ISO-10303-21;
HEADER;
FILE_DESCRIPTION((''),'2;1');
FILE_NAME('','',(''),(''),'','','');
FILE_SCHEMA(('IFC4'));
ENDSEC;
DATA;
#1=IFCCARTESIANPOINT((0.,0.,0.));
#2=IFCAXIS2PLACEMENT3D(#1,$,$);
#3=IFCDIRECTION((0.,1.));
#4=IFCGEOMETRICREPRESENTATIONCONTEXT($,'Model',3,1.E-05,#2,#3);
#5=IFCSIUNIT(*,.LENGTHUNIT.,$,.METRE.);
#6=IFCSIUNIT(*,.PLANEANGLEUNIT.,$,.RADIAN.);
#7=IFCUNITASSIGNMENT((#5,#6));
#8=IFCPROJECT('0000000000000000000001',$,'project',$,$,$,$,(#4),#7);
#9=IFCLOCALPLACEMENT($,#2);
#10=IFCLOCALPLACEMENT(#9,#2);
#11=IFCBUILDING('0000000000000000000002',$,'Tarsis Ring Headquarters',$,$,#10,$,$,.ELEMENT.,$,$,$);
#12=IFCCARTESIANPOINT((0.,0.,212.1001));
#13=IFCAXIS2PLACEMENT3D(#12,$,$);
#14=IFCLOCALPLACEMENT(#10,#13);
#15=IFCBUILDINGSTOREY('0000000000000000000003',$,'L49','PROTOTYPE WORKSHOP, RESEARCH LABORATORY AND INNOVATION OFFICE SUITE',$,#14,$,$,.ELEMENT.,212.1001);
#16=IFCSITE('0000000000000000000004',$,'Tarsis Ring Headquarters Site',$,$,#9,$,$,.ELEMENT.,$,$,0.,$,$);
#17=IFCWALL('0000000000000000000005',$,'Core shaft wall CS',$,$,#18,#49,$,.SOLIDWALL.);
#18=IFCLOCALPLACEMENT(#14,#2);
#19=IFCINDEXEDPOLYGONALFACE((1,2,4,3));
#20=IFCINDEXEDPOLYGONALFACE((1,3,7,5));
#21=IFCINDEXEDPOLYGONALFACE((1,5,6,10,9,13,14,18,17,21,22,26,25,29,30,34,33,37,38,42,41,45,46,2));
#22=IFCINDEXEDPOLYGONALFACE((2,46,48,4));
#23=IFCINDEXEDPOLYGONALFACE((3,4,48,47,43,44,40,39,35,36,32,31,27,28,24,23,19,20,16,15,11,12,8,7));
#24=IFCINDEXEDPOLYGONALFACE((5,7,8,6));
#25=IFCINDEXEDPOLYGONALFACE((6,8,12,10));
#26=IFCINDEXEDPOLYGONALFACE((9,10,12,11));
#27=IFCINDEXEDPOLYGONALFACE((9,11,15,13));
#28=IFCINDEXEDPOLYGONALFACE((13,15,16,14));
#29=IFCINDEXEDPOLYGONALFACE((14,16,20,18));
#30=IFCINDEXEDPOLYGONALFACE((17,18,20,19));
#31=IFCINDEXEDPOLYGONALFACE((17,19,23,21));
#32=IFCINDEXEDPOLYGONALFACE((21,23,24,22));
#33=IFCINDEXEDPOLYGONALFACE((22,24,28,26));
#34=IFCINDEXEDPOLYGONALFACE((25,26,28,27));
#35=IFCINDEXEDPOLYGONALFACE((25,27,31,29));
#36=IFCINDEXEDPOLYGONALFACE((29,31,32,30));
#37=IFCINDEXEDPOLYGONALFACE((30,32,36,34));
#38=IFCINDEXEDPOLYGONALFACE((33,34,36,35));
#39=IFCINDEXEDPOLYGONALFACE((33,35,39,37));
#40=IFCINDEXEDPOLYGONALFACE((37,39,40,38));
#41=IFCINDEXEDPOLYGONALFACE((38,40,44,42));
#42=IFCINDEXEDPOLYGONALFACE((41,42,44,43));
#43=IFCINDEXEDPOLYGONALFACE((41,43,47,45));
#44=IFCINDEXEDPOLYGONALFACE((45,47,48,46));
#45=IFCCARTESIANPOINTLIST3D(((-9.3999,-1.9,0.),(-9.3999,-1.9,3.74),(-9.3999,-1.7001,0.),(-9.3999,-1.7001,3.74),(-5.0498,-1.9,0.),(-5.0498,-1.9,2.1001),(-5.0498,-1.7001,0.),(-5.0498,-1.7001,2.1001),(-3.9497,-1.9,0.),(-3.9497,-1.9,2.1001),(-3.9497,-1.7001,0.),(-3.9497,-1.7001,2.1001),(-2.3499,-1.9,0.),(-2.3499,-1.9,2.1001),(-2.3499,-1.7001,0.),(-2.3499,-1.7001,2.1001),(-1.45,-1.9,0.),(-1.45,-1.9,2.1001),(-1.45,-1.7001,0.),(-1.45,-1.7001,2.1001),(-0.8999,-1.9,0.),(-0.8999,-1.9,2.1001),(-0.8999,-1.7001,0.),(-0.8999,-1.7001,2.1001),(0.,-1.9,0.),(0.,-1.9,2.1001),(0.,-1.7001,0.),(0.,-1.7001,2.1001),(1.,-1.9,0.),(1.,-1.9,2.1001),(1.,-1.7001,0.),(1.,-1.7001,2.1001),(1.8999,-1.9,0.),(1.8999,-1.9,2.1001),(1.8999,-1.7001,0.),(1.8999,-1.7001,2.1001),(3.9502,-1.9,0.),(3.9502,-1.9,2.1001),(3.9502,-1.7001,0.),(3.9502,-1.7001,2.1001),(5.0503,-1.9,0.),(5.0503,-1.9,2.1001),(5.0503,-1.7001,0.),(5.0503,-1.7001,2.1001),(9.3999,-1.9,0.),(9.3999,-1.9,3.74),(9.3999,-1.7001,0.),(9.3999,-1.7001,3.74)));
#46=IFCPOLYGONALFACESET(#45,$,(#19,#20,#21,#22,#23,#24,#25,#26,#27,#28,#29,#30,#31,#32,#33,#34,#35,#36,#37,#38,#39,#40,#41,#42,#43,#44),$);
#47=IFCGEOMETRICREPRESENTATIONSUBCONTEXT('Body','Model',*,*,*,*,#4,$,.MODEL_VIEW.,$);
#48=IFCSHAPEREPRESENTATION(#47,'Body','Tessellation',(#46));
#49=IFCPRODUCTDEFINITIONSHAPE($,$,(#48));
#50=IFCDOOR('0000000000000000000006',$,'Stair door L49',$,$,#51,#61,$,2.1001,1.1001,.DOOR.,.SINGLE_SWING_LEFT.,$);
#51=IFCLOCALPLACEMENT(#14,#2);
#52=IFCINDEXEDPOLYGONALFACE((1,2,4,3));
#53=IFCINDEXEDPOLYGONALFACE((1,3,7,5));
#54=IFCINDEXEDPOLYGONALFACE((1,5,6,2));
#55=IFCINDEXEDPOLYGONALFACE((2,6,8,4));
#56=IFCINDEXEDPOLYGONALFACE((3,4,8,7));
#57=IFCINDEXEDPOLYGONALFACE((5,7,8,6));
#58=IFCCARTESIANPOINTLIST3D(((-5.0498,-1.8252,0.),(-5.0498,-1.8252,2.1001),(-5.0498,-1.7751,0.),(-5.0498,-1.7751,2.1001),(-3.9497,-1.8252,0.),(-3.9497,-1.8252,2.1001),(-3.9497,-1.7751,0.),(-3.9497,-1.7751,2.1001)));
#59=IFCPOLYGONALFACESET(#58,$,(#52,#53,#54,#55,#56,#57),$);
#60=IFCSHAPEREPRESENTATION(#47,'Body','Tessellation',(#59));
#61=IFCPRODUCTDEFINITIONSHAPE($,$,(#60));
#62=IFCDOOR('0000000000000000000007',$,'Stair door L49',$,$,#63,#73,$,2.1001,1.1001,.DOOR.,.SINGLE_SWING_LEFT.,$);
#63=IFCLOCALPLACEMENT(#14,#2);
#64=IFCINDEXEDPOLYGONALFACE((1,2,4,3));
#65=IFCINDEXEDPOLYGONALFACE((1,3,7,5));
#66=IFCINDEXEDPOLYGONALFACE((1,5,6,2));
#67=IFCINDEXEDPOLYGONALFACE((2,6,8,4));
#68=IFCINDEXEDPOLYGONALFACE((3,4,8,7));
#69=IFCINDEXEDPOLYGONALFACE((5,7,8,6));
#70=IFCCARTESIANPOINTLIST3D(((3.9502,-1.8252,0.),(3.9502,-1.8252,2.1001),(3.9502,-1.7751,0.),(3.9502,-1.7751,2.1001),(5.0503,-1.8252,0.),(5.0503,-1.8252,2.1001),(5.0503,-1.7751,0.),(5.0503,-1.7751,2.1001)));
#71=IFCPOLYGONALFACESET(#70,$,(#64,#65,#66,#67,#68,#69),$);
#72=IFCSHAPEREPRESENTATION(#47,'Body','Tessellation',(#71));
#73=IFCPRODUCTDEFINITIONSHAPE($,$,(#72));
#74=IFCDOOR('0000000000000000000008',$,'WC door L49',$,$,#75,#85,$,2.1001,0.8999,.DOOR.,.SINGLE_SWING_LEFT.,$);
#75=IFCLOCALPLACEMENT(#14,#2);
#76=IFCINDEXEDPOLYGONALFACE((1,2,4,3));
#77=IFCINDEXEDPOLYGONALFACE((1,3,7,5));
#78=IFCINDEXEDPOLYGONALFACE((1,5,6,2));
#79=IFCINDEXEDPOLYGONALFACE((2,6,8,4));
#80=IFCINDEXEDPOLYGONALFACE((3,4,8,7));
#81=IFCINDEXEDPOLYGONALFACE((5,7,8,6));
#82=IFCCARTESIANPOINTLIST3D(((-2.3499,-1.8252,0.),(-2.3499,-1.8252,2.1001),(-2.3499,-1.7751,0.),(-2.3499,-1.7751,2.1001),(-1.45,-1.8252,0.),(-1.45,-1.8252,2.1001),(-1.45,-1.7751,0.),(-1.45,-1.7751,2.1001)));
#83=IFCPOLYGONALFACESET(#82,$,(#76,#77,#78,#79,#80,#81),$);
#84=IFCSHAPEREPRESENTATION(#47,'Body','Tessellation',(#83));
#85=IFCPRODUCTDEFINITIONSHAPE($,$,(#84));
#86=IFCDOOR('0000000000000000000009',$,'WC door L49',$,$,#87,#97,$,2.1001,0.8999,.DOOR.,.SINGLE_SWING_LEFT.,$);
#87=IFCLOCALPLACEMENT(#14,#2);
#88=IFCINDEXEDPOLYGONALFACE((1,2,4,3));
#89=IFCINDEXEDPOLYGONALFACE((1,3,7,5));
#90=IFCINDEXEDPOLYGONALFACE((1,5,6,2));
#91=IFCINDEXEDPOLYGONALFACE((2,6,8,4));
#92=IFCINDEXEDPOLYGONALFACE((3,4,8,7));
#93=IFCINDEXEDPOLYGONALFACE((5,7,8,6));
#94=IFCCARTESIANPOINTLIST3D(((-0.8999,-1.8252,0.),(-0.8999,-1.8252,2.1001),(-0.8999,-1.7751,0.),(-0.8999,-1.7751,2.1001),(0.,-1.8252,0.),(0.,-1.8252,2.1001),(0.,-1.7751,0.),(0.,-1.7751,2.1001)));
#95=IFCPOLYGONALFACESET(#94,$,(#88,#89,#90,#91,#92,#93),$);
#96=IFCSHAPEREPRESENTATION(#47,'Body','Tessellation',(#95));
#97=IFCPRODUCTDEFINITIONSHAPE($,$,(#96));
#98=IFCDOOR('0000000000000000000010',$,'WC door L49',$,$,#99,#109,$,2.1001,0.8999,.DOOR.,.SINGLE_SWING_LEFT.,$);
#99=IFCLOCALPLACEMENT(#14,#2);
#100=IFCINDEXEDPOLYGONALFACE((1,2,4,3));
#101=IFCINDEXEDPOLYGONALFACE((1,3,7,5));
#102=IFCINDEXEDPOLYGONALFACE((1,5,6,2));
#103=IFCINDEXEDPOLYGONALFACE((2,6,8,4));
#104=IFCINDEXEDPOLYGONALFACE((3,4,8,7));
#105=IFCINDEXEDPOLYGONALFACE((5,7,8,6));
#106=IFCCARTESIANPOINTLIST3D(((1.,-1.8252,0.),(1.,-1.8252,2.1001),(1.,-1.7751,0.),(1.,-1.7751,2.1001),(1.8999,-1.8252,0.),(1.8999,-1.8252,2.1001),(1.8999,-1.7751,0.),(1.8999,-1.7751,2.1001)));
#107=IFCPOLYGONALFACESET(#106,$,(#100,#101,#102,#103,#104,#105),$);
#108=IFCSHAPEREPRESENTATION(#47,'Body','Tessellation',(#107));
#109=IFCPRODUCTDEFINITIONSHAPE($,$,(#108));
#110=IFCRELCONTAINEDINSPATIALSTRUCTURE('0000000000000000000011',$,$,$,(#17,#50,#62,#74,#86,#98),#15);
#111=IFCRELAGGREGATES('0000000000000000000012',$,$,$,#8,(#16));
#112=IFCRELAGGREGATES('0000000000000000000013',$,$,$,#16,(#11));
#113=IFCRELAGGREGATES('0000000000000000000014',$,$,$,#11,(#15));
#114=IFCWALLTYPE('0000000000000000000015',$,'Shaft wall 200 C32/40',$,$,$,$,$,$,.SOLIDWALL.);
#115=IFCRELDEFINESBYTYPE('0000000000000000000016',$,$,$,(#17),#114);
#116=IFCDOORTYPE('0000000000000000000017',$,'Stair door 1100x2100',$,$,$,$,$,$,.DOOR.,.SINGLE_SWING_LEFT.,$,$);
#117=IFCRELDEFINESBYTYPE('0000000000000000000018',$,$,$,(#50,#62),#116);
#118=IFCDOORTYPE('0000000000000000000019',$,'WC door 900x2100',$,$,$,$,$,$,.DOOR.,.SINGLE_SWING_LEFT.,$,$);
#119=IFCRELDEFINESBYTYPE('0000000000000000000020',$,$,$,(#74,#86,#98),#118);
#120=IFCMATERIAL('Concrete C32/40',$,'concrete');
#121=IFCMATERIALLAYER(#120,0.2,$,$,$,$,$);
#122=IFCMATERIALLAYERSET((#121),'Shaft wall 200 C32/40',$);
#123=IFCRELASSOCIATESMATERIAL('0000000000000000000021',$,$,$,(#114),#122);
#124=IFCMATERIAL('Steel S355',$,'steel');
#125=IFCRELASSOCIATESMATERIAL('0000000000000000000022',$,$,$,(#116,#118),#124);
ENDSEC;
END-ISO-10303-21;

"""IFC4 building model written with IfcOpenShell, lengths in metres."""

from ifc_helpers import new_model, si_unit, direction, frame, frame_2d, origin, place, context, subcontext, project, spatial, rectangle, extrude, material, layer, layer_set, type_object, element, fill, save


model = new_model("IFC4")

# Units and contexts
model_context = context("Model", 3, precision=1e-05, world=origin(), true_north=direction((0.0, 1.0)))
body_context = subcontext(model_context, "Body", "Model", "MODEL_VIEW")
ifc_project = project(units=[si_unit("LENGTHUNIT", "METRE"), si_unit("PLANEANGLEUNIT", "RADIAN")], contexts=[model_context])

# Site, building, storey
site_placement = place(None, origin())
site = spatial("IfcSite", under=ifc_project, at=site_placement, Name="Tarsis Ring Headquarters Site", CompositionType="ELEMENT", RefElevation=0.0)
building_placement = place(site_placement, origin())
building = spatial("IfcBuilding", under=site, at=building_placement, Name="Tarsis Ring Headquarters", CompositionType="ELEMENT")
storey_placement = place(building_placement, frame((0.0, 0.0, 212.1001)))
storey = spatial("IfcBuildingStorey", under=building, at=storey_placement, Name="L49", Description="PROTOTYPE WORKSHOP, RESEARCH LABORATORY AND INNOVATION OFFICE SUITE", CompositionType="ELEMENT", Elevation=212.1001)

# Wall, openings, doors
ifc_material_1 = material(Name="Concrete C32/40", Category="concrete")
ifc_layer_1 = layer(ifc_material_1, 0.2)
ifc_layer_set_1 = layer_set([ifc_layer_1], Name="Shaft wall 200 C32/40")
wall_type_1 = type_object("IfcWallType", Name="Shaft wall 200 C32/40", PredefinedType="SOLIDWALL", material=ifc_layer_set_1)
ifc_material_2 = material(Name="Steel S355", Category="steel")
door_type_1 = type_object("IfcDoorType", Name="Stair door 1100x2100", OperationType="SINGLE_SWING_LEFT", PredefinedType="DOOR", material=ifc_material_2)
wall_1_placement = place(storey_placement, frame((-9.3999, -1.8, 0.0), z_axis=(0.0, 0.0, 1.0), x_axis=(1.0, 0.0, 0.0)))
wall_1 = element("IfcWall", 1, at=wall_1_placement, inside=storey, type_object=wall_type_1, Name="Core shaft wall CS", PredefinedType="SOLIDWALL", context=body_context, shape_type="SweptSolid", body=[
    extrude(rectangle(XDim=18.7998, YDim=0.2, at=frame_2d((9.3999, 0.0))), origin(), (0.0, 0.0, 1.0), 3.74),
])
opening_1_placement = place(wall_1_placement, frame((4.3501, 0.0, 0.0)))
opening_1 = element("IfcOpeningElement", 2, at=opening_1_placement, cuts=wall_1, PredefinedType="OPENING", context=body_context, shape_type="SweptSolid", body=[
    extrude(rectangle(XDim=1.1001, YDim=2.1001, at=frame_2d((0.55, 1.05))), frame((0.0, 0.1099, 0.0), z_axis=(0.0, -1.0, 0.0), x_axis=(1.0, 0.0, 0.0)), (0.0, 0.0, 1.0), 0.22),
])
opening_2_placement = place(wall_1_placement, frame((7.05, 0.0, 0.0)))
opening_2 = element("IfcOpeningElement", 3, at=opening_2_placement, cuts=wall_1, PredefinedType="OPENING", context=body_context, shape_type="SweptSolid", body=[
    extrude(rectangle(XDim=0.8999, YDim=2.1001, at=frame_2d((0.45, 1.05))), frame((0.0, 0.1099, 0.0), z_axis=(0.0, -1.0, 0.0), x_axis=(1.0, 0.0, 0.0)), (0.0, 0.0, 1.0), 0.22),
])
opening_3_placement = place(wall_1_placement, frame((8.5, 0.0, 0.0)))
opening_3 = element("IfcOpeningElement", 4, at=opening_3_placement, cuts=wall_1, PredefinedType="OPENING", context=body_context, shape_type="SweptSolid", body=[
    extrude(rectangle(XDim=0.8999, YDim=2.1001, at=frame_2d((0.45, 1.05))), frame((0.0, 0.1099, 0.0), z_axis=(0.0, -1.0, 0.0), x_axis=(1.0, 0.0, 0.0)), (0.0, 0.0, 1.0), 0.22),
])
opening_4_placement = place(wall_1_placement, frame((10.3999, 0.0, 0.0)))
opening_4 = element("IfcOpeningElement", 5, at=opening_4_placement, cuts=wall_1, PredefinedType="OPENING", context=body_context, shape_type="SweptSolid", body=[
    extrude(rectangle(XDim=0.8999, YDim=2.1001, at=frame_2d((0.45, 1.05))), frame((0.0, 0.1099, 0.0), z_axis=(0.0, -1.0, 0.0), x_axis=(1.0, 0.0, 0.0)), (0.0, 0.0, 1.0), 0.22),
])
opening_5_placement = place(wall_1_placement, frame((13.3501, 0.0, 0.0)))
opening_5 = element("IfcOpeningElement", 6, at=opening_5_placement, cuts=wall_1, PredefinedType="OPENING", context=body_context, shape_type="SweptSolid", body=[
    extrude(rectangle(XDim=1.1001, YDim=2.1001, at=frame_2d((0.55, 1.05))), frame((0.0, 0.1099, 0.0), z_axis=(0.0, -1.0, 0.0), x_axis=(1.0, 0.0, 0.0)), (0.0, 0.0, 1.0), 0.22),
])
door_1_placement = place(opening_1_placement, origin())
door_1 = element("IfcDoor", 7, at=door_1_placement, inside=storey, type_object=door_type_1, Name="Stair door L49", OperationType="SINGLE_SWING_LEFT", OverallHeight=2.1001, OverallWidth=1.1001, PredefinedType="DOOR", context=body_context, shape_type="SweptSolid", body=[
    extrude(rectangle(XDim=1.1001, YDim=2.1001, at=frame_2d((0.55, 1.05))), frame((0.0, 0.0249, 0.0), z_axis=(0.0, -1.0, 0.0), x_axis=(1.0, 0.0, 0.0)), (0.0, 0.0, 1.0), 0.05),
])
fill(opening_1, door_1)
door_2_placement = place(opening_5_placement, origin())
door_2 = element("IfcDoor", 8, at=door_2_placement, inside=storey, type_object=door_type_1, Name="Stair door L49", OperationType="SINGLE_SWING_LEFT", OverallHeight=2.1001, OverallWidth=1.1001, PredefinedType="DOOR", context=body_context, shape_type="SweptSolid", body=[
    extrude(rectangle(XDim=1.1001, YDim=2.1001, at=frame_2d((0.55, 1.05))), frame((0.0, 0.0249, 0.0), z_axis=(0.0, -1.0, 0.0), x_axis=(1.0, 0.0, 0.0)), (0.0, 0.0, 1.0), 0.05),
])
fill(opening_5, door_2)
door_type_2 = type_object("IfcDoorType", Name="WC door 900x2100", OperationType="SINGLE_SWING_LEFT", PredefinedType="DOOR", material=ifc_material_2)
door_3_placement = place(opening_2_placement, origin())
door_3 = element("IfcDoor", 9, at=door_3_placement, inside=storey, type_object=door_type_2, Name="WC door L49", OperationType="SINGLE_SWING_LEFT", OverallHeight=2.1001, OverallWidth=0.8999, PredefinedType="DOOR", context=body_context, shape_type="SweptSolid", body=[
    extrude(rectangle(XDim=0.8999, YDim=2.1001, at=frame_2d((0.45, 1.05))), frame((0.0, 0.0249, 0.0), z_axis=(0.0, -1.0, 0.0), x_axis=(1.0, 0.0, 0.0)), (0.0, 0.0, 1.0), 0.05),
])
fill(opening_2, door_3)
door_4_placement = place(opening_3_placement, origin())
door_4 = element("IfcDoor", 10, at=door_4_placement, inside=storey, type_object=door_type_2, Name="WC door L49", OperationType="SINGLE_SWING_LEFT", OverallHeight=2.1001, OverallWidth=0.8999, PredefinedType="DOOR", context=body_context, shape_type="SweptSolid", body=[
    extrude(rectangle(XDim=0.8999, YDim=2.1001, at=frame_2d((0.45, 1.05))), frame((0.0, 0.0249, 0.0), z_axis=(0.0, -1.0, 0.0), x_axis=(1.0, 0.0, 0.0)), (0.0, 0.0, 1.0), 0.05),
])
fill(opening_3, door_4)
door_5_placement = place(opening_4_placement, origin())
door_5 = element("IfcDoor", 11, at=door_5_placement, inside=storey, type_object=door_type_2, Name="WC door L49", OperationType="SINGLE_SWING_LEFT", OverallHeight=2.1001, OverallWidth=0.8999, PredefinedType="DOOR", context=body_context, shape_type="SweptSolid", body=[
    extrude(rectangle(XDim=0.8999, YDim=2.1001, at=frame_2d((0.45, 1.05))), frame((0.0, 0.0249, 0.0), z_axis=(0.0, -1.0, 0.0), x_axis=(1.0, 0.0, 0.0)), (0.0, 0.0, 1.0), 0.05),
])
fill(opening_4, door_5)

save(model, "model.ifc")
